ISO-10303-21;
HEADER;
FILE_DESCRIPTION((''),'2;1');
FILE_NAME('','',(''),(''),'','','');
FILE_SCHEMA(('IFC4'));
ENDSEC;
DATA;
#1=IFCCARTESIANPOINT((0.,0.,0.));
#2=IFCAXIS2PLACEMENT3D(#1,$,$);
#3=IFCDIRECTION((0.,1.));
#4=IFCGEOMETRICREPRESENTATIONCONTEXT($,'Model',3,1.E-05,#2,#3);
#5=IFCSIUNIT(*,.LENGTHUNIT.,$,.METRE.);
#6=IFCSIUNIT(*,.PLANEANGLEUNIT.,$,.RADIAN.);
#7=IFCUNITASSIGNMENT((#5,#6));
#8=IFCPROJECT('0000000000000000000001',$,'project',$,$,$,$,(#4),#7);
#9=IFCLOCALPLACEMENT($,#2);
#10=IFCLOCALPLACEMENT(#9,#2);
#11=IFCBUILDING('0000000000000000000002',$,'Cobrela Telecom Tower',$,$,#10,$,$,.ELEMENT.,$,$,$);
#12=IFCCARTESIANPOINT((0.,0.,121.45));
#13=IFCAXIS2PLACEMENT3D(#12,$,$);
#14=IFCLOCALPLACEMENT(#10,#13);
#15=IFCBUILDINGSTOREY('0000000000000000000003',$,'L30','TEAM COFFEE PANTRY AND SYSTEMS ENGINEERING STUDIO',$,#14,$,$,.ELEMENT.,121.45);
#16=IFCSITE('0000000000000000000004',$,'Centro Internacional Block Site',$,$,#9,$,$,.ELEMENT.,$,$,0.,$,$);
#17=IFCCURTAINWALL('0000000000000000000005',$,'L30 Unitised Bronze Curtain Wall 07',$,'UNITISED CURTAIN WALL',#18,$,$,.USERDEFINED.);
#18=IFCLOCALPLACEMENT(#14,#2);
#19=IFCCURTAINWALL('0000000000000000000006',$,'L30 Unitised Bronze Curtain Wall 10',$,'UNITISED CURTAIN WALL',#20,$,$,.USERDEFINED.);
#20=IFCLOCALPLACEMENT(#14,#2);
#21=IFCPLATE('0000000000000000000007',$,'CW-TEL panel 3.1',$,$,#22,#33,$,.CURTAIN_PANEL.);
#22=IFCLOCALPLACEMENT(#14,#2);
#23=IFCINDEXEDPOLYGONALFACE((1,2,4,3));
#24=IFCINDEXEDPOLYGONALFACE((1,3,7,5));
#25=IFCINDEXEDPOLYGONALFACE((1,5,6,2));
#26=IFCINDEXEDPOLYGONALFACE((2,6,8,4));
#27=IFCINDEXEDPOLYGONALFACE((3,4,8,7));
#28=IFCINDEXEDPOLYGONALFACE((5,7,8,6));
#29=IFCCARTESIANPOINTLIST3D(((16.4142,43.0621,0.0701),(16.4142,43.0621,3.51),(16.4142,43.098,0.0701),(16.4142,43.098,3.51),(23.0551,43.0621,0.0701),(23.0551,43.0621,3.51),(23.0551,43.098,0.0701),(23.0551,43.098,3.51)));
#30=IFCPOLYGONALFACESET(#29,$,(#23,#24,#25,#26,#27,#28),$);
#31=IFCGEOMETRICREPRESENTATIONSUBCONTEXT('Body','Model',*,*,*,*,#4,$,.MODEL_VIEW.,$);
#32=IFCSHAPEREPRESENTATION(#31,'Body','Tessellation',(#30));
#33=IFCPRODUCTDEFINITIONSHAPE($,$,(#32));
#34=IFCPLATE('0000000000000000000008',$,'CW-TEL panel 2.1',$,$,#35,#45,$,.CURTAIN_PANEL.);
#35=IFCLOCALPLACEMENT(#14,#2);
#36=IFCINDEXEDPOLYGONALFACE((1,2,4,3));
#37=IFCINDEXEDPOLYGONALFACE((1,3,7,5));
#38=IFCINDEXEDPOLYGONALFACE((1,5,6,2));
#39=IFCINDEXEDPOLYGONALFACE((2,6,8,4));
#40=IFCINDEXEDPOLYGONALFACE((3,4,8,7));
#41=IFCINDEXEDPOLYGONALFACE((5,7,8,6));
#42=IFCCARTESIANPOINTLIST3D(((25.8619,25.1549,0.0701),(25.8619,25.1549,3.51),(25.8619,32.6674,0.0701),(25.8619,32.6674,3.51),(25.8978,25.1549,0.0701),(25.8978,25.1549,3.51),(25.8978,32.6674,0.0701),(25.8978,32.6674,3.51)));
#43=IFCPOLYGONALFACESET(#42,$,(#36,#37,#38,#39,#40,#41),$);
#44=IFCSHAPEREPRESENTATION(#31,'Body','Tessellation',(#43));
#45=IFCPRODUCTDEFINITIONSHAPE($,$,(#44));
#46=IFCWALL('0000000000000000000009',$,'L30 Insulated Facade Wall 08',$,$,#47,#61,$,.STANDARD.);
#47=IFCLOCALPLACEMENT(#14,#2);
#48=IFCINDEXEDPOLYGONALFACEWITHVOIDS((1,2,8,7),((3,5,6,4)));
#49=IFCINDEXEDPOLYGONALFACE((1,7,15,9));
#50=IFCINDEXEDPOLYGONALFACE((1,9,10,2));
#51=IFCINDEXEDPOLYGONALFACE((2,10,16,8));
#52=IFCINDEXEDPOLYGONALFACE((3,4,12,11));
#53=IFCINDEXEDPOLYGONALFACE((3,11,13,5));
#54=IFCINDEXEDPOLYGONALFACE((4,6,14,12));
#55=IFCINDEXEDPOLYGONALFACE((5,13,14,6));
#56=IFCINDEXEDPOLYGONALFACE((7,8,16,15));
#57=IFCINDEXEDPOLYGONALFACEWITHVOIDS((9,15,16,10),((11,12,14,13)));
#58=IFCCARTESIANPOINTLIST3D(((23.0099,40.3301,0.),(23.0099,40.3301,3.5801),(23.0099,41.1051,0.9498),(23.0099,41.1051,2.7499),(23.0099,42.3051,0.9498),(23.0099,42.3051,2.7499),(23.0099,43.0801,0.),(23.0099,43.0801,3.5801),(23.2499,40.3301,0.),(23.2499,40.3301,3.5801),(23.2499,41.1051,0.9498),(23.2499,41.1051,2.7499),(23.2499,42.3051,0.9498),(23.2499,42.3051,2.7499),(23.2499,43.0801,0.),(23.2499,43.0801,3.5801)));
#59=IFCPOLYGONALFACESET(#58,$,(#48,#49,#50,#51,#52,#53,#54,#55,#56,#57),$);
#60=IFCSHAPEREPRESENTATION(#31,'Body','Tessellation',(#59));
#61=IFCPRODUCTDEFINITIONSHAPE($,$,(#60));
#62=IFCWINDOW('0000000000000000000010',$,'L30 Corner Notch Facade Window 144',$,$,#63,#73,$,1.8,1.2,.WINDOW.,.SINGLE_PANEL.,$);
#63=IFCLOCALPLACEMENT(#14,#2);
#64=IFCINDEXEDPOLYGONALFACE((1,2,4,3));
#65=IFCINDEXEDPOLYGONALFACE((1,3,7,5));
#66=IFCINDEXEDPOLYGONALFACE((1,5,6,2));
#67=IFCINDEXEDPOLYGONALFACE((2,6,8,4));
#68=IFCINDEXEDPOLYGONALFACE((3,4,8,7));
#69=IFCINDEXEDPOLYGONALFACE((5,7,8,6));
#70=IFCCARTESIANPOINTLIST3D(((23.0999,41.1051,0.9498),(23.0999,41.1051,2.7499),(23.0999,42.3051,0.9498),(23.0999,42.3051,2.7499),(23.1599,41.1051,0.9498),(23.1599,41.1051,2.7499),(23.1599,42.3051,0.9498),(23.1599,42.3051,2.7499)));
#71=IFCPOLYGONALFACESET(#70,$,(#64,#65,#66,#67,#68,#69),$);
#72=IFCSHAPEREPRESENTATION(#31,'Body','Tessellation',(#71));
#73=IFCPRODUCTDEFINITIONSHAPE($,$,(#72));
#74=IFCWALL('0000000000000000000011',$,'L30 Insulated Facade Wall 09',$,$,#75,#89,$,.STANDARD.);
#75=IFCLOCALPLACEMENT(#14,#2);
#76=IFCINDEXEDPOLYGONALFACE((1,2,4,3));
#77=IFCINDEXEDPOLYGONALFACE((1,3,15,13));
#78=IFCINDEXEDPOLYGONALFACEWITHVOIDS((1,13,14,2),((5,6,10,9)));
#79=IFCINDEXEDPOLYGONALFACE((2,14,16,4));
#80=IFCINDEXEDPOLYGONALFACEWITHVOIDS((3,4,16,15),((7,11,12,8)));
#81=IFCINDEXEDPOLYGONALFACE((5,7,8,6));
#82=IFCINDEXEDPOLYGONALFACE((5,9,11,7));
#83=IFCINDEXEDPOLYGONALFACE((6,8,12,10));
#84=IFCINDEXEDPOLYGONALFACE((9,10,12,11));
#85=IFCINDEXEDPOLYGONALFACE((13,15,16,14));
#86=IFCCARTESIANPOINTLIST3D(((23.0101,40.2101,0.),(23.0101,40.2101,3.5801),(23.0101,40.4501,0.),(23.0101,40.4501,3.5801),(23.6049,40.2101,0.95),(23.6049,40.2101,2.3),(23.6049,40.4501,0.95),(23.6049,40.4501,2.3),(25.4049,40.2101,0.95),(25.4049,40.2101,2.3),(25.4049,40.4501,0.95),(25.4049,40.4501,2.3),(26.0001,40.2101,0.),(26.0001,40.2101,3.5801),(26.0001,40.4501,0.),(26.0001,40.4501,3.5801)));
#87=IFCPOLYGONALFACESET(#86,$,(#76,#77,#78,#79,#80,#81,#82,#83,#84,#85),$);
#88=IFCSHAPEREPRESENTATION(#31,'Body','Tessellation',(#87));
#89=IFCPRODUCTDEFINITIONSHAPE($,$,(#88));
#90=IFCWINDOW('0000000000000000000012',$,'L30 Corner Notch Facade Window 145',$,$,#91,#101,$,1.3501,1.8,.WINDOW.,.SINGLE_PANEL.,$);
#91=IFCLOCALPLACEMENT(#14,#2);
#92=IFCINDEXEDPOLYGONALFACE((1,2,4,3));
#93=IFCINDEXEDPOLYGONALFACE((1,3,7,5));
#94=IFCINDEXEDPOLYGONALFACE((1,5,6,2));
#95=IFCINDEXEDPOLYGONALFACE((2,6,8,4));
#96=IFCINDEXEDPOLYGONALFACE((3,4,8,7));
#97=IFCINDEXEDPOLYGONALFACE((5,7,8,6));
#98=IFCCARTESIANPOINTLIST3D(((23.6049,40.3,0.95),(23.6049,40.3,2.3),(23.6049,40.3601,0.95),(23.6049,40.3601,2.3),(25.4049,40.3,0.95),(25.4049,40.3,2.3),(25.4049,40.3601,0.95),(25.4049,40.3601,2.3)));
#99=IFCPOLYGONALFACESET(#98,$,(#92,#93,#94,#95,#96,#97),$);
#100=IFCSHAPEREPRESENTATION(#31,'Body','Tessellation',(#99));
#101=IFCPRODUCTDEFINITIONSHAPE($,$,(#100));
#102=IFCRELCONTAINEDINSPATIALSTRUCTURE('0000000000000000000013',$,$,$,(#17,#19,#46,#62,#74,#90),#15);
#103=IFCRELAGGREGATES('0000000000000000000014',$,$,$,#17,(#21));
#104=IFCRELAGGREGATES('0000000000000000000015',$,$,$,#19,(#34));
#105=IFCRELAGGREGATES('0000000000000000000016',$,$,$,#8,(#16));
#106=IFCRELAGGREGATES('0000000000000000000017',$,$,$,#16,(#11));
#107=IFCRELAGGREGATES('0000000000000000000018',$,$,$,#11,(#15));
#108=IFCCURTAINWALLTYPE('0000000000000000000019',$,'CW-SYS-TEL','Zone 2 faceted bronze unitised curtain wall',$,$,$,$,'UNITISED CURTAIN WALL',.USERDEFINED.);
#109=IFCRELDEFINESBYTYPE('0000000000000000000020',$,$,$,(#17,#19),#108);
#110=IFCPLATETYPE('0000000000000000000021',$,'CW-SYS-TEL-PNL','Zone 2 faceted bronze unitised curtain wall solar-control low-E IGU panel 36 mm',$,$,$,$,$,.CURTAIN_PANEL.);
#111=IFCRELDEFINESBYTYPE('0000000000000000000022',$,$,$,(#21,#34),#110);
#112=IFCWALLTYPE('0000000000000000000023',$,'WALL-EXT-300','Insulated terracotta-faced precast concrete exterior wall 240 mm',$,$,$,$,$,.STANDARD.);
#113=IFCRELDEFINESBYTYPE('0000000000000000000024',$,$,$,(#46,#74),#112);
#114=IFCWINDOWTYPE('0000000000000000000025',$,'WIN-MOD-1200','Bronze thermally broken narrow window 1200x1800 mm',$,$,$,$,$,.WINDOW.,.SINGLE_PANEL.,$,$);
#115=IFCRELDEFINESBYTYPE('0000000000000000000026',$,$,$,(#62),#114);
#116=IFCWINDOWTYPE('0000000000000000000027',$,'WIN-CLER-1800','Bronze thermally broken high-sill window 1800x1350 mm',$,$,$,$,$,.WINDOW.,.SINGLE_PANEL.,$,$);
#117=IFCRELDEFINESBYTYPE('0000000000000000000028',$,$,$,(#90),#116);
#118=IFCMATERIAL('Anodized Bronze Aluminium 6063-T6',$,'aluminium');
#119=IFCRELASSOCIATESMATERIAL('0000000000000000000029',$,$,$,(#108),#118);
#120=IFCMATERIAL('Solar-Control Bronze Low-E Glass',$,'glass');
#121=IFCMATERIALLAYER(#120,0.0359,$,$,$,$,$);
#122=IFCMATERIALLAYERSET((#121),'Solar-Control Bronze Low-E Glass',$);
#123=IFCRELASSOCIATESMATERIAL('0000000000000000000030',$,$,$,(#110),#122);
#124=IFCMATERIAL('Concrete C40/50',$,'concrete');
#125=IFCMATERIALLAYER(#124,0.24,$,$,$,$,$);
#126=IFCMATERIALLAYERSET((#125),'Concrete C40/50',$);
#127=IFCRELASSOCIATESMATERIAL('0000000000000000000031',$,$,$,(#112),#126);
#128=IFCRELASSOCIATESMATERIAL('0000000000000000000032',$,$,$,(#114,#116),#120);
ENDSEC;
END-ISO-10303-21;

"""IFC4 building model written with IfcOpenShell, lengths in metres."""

from ifc_helpers import new_model, si_unit, direction, frame, frame_2d, origin, origin_2d, place, context, subcontext, project, spatial, rectangle, extrude, material, layer, layer_set, type_object, element, fill, aggregate, save


model = new_model("IFC4")

# Units and contexts
model_context = context("Model", 3, precision=1e-05, world=origin(), true_north=direction((0.0, 1.0)))
body_context = subcontext(model_context, "Body", "Model", "MODEL_VIEW")
ifc_project = project(units=[si_unit("LENGTHUNIT", "METRE"), si_unit("PLANEANGLEUNIT", "RADIAN")], contexts=[model_context])

# Site, building, storey
site_placement = place(None, origin())
site = spatial("IfcSite", under=ifc_project, at=site_placement, Name="Centro Internacional Block Site", CompositionType="ELEMENT", RefElevation=0.0)
building_placement = place(site_placement, origin())
building = spatial("IfcBuilding", under=site, at=building_placement, Name="Cobrela Telecom Tower", CompositionType="ELEMENT")
storey_placement = place(building_placement, frame((0.0, 0.0, 121.45)))
storey = spatial("IfcBuildingStorey", under=building, at=storey_placement, Name="L30", Description="TEAM COFFEE PANTRY AND SYSTEMS ENGINEERING STUDIO", CompositionType="ELEMENT", Elevation=121.45)

# Curtain walls
ifc_material_1 = material(Name="Anodized Bronze Aluminium 6063-T6", Category="aluminium")
curtain_wall_type = type_object("IfcCurtainWallType", Name="CW-SYS-TEL", Description="Zone 2 faceted bronze unitised curtain wall", ElementType="UNITISED CURTAIN WALL", PredefinedType="USERDEFINED", material=ifc_material_1)
curtain_wall_1_placement = place(storey_placement, origin())
curtain_wall_1 = element("IfcCurtainWall", 1, at=curtain_wall_1_placement, inside=storey, type_object=curtain_wall_type, Name="L30 Unitised Bronze Curtain Wall 07", ObjectType="UNITISED CURTAIN WALL", PredefinedType="USERDEFINED")
curtain_wall_2_placement = place(storey_placement, origin())
curtain_wall_2 = element("IfcCurtainWall", 2, at=curtain_wall_2_placement, inside=storey, type_object=curtain_wall_type, Name="L30 Unitised Bronze Curtain Wall 10", ObjectType="UNITISED CURTAIN WALL", PredefinedType="USERDEFINED")

# Plates
ifc_material_2 = material(Name="Solar-Control Bronze Low-E Glass", Category="glass")
ifc_layer_1 = layer(ifc_material_2, 0.0359)
ifc_layer_set_1 = layer_set([ifc_layer_1], Name="Solar-Control Bronze Low-E Glass")
plate_type = type_object("IfcPlateType", Name="CW-SYS-TEL-PNL", Description="Zone 2 faceted bronze unitised curtain wall solar-control low-E IGU panel 36 mm", PredefinedType="CURTAIN_PANEL", material=ifc_layer_set_1)
plate_1_placement = place(storey_placement, frame((19.7346, 43.0801, 0.0701), z_axis=(0.0, 0.0, 1.0), x_axis=(1.0, 0.0, 0.0)))
plate_1 = element("IfcPlate", 3, at=plate_1_placement, type_object=plate_type, Name="CW-TEL panel 3.1", PredefinedType="CURTAIN_PANEL", context=body_context, shape_type="SweptSolid", body=[
    extrude(rectangle(XDim=6.6409, YDim=0.0359, at=origin_2d()), origin(), (0.0, 0.0, 1.0), 3.4399),
])
aggregate(curtain_wall_1, [plate_1])
plate_2_placement = place(storey_placement, frame((25.8799, 28.9111, 0.0701), z_axis=(0.0, 0.0, 1.0), x_axis=(0.0, -1.0, 0.0)))
plate_2 = element("IfcPlate", 4, at=plate_2_placement, type_object=plate_type, Name="CW-TEL panel 2.1", PredefinedType="CURTAIN_PANEL", context=body_context, shape_type="SweptSolid", body=[
    extrude(rectangle(XDim=7.5125, YDim=0.0359, at=origin_2d()), origin(), (0.0, 0.0, 1.0), 3.4399),
])
aggregate(curtain_wall_2, [plate_2])

# Walls, openings, windows
ifc_material_3 = material(Name="Concrete C40/50", Category="concrete")
ifc_layer_2 = layer(ifc_material_3, 0.24)
ifc_layer_set_2 = layer_set([ifc_layer_2], Name="Concrete C40/50")
wall_type = type_object("IfcWallType", Name="WALL-EXT-300", Description="Insulated terracotta-faced precast concrete exterior wall 240 mm", PredefinedType="STANDARD", material=ifc_layer_set_2)
wall_1_placement = place(storey_placement, frame((23.1299, 43.0801, 0.0), z_axis=(0.0, 0.0, 1.0), x_axis=(0.0, -1.0, 0.0)))
wall_1 = element("IfcWall", 5, at=wall_1_placement, inside=storey, type_object=wall_type, Name="L30 Insulated Facade Wall 08", PredefinedType="STANDARD", context=body_context, shape_type="SweptSolid", body=[
    extrude(rectangle(XDim=2.75, YDim=0.24, at=frame_2d((1.375, 0.0))), origin(), (0.0, 0.0, 1.0), 3.5801),
])
opening_1_placement = place(wall_1_placement, frame((0.7749, 0.0, 0.95)))
opening_1 = element("IfcOpeningElement", 6, at=opening_1_placement, cuts=wall_1, PredefinedType="OPENING", context=body_context, shape_type="SweptSolid", body=[
    extrude(rectangle(XDim=1.2, YDim=1.8, at=frame_2d((0.6001, 0.8999))), frame((0.0, 0.1318, 0.0), z_axis=(0.0, -1.0, 0.0), x_axis=(1.0, 0.0, 0.0)), (0.0, 0.0, 1.0), 0.2639),
])
window_type_1 = type_object("IfcWindowType", Name="WIN-MOD-1200", Description="Bronze thermally broken narrow window 1200x1800 mm", PartitioningType="SINGLE_PANEL", PredefinedType="WINDOW", material=ifc_material_2)
window_1_placement = place(opening_1_placement, origin())
window_1 = element("IfcWindow", 7, at=window_1_placement, inside=storey, type_object=window_type_1, Name="L30 Corner Notch Facade Window 144", OverallHeight=1.8, OverallWidth=1.2, PartitioningType="SINGLE_PANEL", PredefinedType="WINDOW", context=body_context, shape_type="SweptSolid", body=[
    extrude(rectangle(XDim=1.2, YDim=1.8, at=frame_2d((0.6001, 0.8999))), frame((0.0, 0.03, 0.0), z_axis=(0.0, -1.0, 0.0), x_axis=(1.0, 0.0, 0.0)), (0.0, 0.0, 1.0), 0.0601),
])
fill(opening_1, window_1)
wall_2_placement = place(storey_placement, frame((23.01, 40.3301, 0.0), z_axis=(0.0, 0.0, 1.0), x_axis=(1.0, 0.0, 0.0)))
wall_2 = element("IfcWall", 8, at=wall_2_placement, inside=storey, type_object=wall_type, Name="L30 Insulated Facade Wall 09", PredefinedType="STANDARD", context=body_context, shape_type="SweptSolid", body=[
    extrude(rectangle(XDim=2.99, YDim=0.24, at=frame_2d((1.4951, 0.0))), origin(), (0.0, 0.0, 1.0), 3.5801),
])
opening_2_placement = place(wall_2_placement, frame((0.595, 0.0, 0.95)))
opening_2 = element("IfcOpeningElement", 9, at=opening_2_placement, cuts=wall_2, PredefinedType="OPENING", context=body_context, shape_type="SweptSolid", body=[
    extrude(rectangle(XDim=1.8, YDim=1.3501, at=frame_2d((0.8999, 0.675))), frame((0.0, 0.1318, 0.0), z_axis=(0.0, -1.0, 0.0), x_axis=(1.0, 0.0, 0.0)), (0.0, 0.0, 1.0), 0.2639),
])
window_type_2 = type_object("IfcWindowType", Name="WIN-CLER-1800", Description="Bronze thermally broken high-sill window 1800x1350 mm", PartitioningType="SINGLE_PANEL", PredefinedType="WINDOW", material=ifc_material_2)
window_2_placement = place(opening_2_placement, origin())
window_2 = element("IfcWindow", 10, at=window_2_placement, inside=storey, type_object=window_type_2, Name="L30 Corner Notch Facade Window 145", OverallHeight=1.3501, OverallWidth=1.8, PartitioningType="SINGLE_PANEL", PredefinedType="WINDOW", context=body_context, shape_type="SweptSolid", body=[
    extrude(rectangle(XDim=1.8, YDim=1.3501, at=frame_2d((0.8999, 0.675))), frame((0.0, 0.03, 0.0), z_axis=(0.0, -1.0, 0.0), x_axis=(1.0, 0.0, 0.0)), (0.0, 0.0, 1.0), 0.0601),
])
fill(opening_2, window_2)

save(model, "model.ifc")
